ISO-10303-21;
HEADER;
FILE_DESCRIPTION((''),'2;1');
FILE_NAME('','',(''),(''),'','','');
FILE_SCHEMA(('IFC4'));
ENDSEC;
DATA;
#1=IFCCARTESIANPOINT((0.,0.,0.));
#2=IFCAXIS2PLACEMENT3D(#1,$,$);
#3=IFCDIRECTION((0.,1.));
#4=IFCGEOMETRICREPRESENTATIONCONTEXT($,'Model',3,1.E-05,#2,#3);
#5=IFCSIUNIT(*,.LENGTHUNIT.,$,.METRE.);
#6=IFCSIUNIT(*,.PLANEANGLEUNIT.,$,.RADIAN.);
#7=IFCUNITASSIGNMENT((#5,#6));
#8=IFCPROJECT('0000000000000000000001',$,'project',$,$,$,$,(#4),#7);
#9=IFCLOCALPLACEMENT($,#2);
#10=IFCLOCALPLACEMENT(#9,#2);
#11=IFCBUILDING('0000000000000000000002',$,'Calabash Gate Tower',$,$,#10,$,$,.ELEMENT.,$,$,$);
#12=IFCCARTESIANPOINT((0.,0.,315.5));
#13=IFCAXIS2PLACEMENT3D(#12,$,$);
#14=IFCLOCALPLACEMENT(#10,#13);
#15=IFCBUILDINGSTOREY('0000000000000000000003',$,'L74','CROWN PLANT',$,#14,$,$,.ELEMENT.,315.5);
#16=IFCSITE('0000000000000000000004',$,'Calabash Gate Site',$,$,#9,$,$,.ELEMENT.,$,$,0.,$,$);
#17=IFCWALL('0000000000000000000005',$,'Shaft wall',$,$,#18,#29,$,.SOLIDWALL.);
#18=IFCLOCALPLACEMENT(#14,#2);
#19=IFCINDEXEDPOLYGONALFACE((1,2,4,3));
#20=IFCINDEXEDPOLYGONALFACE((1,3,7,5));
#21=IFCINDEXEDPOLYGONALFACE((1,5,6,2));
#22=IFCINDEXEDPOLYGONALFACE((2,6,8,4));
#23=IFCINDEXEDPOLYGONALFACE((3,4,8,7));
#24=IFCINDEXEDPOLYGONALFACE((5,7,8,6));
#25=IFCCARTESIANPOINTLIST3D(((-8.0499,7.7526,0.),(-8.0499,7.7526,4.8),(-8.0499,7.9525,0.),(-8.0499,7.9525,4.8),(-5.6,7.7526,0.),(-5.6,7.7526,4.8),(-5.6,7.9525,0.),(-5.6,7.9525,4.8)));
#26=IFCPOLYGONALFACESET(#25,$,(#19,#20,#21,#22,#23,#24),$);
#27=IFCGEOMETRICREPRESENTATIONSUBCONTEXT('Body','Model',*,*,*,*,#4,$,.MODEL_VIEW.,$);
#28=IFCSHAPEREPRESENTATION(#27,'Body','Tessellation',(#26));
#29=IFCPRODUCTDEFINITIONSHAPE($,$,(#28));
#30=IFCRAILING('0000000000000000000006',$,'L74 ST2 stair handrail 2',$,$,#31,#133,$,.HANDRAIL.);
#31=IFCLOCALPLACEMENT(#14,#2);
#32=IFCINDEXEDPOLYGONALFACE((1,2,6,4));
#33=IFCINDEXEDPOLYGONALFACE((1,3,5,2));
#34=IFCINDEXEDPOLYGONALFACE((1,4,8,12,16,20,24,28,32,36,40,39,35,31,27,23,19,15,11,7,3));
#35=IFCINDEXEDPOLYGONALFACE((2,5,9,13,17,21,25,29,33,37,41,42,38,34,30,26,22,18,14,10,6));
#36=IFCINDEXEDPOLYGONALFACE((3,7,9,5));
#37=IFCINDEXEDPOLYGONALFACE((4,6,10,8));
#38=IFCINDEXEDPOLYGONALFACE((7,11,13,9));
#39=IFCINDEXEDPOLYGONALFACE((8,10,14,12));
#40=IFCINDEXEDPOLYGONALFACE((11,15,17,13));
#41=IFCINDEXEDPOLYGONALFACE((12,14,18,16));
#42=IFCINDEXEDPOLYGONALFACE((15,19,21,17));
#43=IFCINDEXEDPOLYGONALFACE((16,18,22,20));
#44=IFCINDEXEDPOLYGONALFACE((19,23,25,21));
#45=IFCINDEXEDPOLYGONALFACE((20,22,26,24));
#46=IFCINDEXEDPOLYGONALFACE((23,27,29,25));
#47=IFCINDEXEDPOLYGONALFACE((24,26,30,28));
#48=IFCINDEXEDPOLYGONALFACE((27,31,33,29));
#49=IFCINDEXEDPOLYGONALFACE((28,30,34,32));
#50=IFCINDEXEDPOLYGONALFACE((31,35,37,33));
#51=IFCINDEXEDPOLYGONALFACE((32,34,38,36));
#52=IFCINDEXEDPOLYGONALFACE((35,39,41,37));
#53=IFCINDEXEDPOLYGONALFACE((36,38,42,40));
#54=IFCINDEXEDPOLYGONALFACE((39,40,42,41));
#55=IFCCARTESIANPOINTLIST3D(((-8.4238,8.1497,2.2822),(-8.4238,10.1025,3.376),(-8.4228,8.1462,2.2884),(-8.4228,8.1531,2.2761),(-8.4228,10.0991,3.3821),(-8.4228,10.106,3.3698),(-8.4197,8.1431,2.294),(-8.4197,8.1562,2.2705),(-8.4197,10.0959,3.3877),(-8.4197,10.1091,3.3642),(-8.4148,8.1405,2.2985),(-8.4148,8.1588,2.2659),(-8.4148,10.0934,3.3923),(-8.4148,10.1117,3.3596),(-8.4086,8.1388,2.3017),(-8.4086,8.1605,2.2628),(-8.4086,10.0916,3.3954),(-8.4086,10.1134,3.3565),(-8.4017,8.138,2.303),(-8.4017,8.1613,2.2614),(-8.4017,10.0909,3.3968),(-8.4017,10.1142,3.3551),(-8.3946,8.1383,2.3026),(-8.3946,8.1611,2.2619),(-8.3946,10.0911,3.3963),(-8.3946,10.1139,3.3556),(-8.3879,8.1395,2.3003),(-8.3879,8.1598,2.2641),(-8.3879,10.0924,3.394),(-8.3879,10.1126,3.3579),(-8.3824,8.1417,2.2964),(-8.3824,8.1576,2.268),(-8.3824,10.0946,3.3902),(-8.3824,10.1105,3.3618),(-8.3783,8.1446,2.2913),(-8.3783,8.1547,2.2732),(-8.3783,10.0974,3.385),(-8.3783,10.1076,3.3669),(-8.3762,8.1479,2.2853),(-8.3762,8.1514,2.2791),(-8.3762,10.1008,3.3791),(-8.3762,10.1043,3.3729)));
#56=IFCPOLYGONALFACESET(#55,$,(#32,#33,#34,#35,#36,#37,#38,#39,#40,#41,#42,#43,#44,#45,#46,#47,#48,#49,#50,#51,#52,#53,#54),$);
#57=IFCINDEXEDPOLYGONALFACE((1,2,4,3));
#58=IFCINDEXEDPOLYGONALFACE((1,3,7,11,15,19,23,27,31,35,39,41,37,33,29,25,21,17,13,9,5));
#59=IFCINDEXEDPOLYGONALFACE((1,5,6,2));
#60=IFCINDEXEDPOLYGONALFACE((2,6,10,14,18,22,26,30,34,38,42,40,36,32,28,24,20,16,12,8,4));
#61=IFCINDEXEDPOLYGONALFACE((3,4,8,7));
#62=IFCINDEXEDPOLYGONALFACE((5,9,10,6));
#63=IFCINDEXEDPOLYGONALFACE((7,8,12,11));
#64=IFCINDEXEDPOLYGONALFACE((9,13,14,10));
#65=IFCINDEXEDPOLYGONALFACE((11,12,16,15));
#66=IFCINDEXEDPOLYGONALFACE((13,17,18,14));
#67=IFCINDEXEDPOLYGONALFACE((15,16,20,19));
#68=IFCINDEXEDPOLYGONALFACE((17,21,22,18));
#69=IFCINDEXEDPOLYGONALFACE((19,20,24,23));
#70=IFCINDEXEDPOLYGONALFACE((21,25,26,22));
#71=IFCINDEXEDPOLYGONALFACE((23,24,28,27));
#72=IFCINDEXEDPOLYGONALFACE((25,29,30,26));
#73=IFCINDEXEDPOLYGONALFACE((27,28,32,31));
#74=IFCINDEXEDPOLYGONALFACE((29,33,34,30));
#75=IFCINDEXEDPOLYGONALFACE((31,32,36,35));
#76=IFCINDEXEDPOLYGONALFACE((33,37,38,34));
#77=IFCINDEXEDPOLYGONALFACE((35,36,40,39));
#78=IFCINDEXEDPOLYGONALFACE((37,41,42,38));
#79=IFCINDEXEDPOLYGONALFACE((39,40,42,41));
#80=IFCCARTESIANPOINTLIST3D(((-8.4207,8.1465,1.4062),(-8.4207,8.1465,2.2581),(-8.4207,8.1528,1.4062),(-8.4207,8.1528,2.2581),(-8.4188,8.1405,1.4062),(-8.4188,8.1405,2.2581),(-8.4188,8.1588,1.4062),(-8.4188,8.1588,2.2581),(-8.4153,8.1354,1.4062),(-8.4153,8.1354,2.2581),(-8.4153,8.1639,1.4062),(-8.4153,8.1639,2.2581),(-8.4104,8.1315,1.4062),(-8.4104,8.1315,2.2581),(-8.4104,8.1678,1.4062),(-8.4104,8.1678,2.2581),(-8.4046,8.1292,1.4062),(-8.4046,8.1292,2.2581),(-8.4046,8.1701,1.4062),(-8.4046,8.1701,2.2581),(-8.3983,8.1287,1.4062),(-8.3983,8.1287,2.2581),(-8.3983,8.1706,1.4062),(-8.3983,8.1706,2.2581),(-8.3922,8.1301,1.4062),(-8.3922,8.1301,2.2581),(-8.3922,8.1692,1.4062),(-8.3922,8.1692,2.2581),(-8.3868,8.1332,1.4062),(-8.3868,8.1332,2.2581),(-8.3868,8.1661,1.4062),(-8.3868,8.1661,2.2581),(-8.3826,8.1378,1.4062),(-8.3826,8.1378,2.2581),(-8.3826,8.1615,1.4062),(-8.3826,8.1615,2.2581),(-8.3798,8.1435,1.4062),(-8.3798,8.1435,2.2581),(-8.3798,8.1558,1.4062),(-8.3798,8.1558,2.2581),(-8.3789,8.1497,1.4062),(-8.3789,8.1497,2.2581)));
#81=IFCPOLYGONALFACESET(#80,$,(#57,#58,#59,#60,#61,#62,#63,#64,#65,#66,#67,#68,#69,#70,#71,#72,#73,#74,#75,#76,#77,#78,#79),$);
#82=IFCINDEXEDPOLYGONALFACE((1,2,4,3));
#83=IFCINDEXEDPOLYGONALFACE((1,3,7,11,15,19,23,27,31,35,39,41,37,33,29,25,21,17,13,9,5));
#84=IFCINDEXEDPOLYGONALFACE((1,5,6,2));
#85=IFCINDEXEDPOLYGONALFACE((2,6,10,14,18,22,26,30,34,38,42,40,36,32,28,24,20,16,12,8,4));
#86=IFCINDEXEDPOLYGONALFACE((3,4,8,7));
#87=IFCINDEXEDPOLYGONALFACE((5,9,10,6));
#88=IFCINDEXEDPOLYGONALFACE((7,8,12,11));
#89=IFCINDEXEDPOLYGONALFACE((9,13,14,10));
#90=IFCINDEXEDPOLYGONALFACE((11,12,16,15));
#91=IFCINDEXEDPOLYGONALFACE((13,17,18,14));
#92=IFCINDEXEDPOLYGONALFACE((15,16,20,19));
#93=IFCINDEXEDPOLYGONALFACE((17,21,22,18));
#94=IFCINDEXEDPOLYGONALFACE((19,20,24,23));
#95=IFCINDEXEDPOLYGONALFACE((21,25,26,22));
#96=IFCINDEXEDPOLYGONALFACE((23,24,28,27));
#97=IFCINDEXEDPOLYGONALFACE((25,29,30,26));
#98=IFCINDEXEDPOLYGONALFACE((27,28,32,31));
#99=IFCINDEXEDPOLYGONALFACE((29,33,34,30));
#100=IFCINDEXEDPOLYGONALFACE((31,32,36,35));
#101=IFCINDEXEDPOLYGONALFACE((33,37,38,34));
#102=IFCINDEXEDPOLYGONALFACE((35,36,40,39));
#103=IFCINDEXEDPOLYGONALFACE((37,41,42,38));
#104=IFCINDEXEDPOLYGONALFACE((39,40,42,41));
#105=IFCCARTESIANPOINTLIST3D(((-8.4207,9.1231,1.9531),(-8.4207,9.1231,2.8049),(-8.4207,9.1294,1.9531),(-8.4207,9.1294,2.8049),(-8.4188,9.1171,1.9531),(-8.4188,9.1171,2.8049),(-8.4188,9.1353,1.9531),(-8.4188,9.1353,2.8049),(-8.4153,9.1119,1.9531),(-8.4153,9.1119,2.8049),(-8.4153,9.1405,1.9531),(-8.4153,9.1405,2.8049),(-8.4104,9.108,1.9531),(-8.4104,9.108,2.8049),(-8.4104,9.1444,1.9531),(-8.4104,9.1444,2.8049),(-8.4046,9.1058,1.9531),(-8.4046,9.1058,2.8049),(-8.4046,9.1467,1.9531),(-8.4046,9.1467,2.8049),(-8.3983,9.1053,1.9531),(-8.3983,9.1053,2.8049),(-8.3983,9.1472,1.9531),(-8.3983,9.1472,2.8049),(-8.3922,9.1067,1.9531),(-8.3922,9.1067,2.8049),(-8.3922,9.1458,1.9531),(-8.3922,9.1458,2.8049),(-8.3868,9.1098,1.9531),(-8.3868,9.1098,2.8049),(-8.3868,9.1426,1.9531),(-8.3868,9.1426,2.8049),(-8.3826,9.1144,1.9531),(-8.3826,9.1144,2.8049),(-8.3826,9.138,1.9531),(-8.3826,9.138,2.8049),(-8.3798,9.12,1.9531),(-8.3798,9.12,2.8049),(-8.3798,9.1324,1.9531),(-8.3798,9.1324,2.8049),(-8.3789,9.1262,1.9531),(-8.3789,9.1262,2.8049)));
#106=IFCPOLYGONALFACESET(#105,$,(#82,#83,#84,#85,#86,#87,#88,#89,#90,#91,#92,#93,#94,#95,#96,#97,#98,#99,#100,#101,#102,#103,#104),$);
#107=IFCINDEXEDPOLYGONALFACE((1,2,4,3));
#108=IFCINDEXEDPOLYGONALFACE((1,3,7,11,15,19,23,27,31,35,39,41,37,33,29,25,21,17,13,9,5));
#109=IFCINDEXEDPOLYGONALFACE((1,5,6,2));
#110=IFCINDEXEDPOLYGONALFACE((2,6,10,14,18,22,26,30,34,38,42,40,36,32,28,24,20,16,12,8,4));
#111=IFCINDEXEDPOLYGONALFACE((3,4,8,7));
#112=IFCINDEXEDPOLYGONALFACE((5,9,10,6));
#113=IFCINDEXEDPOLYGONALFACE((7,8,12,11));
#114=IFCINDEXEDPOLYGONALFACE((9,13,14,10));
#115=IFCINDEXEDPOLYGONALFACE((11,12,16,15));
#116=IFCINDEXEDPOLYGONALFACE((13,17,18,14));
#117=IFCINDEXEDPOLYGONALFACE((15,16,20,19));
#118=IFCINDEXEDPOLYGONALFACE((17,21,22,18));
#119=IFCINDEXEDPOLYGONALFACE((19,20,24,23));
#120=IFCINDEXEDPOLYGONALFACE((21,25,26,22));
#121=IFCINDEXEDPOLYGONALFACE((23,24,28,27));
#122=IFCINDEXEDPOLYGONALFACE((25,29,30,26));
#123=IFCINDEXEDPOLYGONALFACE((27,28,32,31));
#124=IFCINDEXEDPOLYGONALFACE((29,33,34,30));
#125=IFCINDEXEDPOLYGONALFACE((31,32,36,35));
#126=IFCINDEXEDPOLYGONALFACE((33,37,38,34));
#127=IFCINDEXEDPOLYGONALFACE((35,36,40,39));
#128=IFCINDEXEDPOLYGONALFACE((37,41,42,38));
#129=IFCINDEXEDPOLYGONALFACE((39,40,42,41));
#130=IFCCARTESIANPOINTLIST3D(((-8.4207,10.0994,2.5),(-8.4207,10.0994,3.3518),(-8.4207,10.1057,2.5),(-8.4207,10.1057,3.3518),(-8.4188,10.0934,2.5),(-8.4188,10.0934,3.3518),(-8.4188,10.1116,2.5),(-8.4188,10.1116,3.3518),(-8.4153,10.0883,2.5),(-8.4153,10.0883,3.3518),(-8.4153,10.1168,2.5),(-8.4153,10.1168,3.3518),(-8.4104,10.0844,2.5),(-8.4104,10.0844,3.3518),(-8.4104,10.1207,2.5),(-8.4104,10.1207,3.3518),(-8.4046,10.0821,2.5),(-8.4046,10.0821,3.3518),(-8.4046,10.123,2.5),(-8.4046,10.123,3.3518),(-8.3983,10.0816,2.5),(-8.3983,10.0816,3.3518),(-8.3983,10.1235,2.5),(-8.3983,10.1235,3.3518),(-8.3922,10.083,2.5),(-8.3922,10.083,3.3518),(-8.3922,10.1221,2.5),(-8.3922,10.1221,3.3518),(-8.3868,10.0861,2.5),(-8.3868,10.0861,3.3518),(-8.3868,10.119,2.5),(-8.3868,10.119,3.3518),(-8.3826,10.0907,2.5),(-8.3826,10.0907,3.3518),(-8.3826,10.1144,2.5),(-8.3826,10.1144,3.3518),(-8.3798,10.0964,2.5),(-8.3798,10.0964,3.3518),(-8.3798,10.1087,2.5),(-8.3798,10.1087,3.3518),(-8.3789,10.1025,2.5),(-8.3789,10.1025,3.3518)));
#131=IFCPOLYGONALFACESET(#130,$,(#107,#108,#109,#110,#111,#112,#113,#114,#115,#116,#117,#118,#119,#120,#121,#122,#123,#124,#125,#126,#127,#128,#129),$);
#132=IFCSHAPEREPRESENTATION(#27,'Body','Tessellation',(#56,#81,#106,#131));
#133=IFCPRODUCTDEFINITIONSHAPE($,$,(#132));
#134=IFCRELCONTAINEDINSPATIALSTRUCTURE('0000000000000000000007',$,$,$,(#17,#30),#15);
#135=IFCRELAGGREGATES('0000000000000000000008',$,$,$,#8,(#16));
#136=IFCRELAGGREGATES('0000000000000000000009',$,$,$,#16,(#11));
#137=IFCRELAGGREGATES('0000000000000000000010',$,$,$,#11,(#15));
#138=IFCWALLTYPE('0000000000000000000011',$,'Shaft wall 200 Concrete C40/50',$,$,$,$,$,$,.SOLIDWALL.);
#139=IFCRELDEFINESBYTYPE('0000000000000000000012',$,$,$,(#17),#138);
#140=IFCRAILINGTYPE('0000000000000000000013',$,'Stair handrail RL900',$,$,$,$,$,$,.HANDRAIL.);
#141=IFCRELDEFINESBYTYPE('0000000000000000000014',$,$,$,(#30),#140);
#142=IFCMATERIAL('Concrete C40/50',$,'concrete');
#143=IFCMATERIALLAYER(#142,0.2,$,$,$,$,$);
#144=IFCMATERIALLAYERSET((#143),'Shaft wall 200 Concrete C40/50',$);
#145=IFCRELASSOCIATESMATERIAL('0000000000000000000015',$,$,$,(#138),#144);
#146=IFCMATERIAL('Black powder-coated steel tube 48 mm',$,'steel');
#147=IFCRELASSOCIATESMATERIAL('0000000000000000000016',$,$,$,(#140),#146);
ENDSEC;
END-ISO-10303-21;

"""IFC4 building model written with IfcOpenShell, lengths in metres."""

from ifc_helpers import new_model, si_unit, direction, frame, frame_2d, origin, origin_2d, place, context, subcontext, project, spatial, rectangle, circle, extrude, material, layer, layer_set, type_object, element, save


model = new_model("IFC4")

# Units and contexts
model_context = context("Model", 3, precision=1e-05, world=origin(), true_north=direction((0.0, 1.0)))
body_context = subcontext(model_context, "Body", "Model", "MODEL_VIEW")
ifc_project = project(units=[si_unit("LENGTHUNIT", "METRE"), si_unit("PLANEANGLEUNIT", "RADIAN")], contexts=[model_context])

# Site, building, storey
site_placement = place(None, origin())
site = spatial("IfcSite", under=ifc_project, at=site_placement, Name="Calabash Gate Site", CompositionType="ELEMENT", RefElevation=0.0)
building_placement = place(site_placement, origin())
building = spatial("IfcBuilding", under=site, at=building_placement, Name="Calabash Gate Tower", CompositionType="ELEMENT")
storey_placement = place(building_placement, frame((0.0, 0.0, 315.5)))
storey = spatial("IfcBuildingStorey", under=building, at=storey_placement, Name="L74", Description="CROWN PLANT", CompositionType="ELEMENT", Elevation=315.5)

# Shared definitions
ifc_material_1 = material(Name="Concrete C40/50", Category="concrete")
ifc_layer_1 = layer(ifc_material_1, 0.2)
ifc_layer_set_1 = layer_set([ifc_layer_1], Name="Shaft wall 200 Concrete C40/50")
wall_type_1 = type_object("IfcWallType", Name="Shaft wall 200 Concrete C40/50", PredefinedType="SOLIDWALL", material=ifc_layer_set_1)

# Wall
wall_1_placement = place(storey_placement, frame((-8.05, 7.8525, 0.0), z_axis=(0.0, 0.0, 1.0), x_axis=(1.0, 0.0, 0.0)))
element("IfcWall", 1, at=wall_1_placement, inside=storey, type_object=wall_type_1, Name="Shaft wall", PredefinedType="SOLIDWALL", context=body_context, shape_type="SweptSolid", body=[
    extrude(rectangle(XDim=2.45, YDim=0.2, at=frame_2d((1.2251, 0.0))), origin(), (0.0, 0.0, 1.0), 4.8),
])

# Railing
ifc_material_2 = material(Name="Black powder-coated steel tube 48 mm", Category="steel")
railing_type = type_object("IfcRailingType", Name="Stair handrail RL900", PredefinedType="HANDRAIL", material=ifc_material_2)
for number, where, name in (
    (2, (-8.3999, 8.1497, 1.4062), "L74 ST2 stair handrail 2"),
):
    element("IfcRailing", number, at=place(storey_placement, frame(where)), inside=storey, type_object=railing_type, Name=name, PredefinedType="HANDRAIL", context=body_context, shape_type="SweptSolid", body=[
        extrude(circle(Radius=0.0239, at=origin_2d()), frame((0.0, 0.0, 0.876), z_axis=(0.0, 0.87248, 0.48865), x_axis=(-1.0, 0.0, 0.0)), (0.0, 0.0, 1.0), 2.2383),
        extrude(circle(Radius=0.021, at=origin_2d()), origin(), (0.0, 0.0, 1.0), 0.8518),
        extrude(circle(Radius=0.021, at=origin_2d()), frame((0.0, 0.9766, 0.5469)), (0.0, 0.0, 1.0), 0.8518),
        extrude(circle(Radius=0.021, at=origin_2d()), frame((0.0, 1.9529, 1.0938)), (0.0, 0.0, 1.0), 0.8518),
    ])

save(model, "model.ifc")
